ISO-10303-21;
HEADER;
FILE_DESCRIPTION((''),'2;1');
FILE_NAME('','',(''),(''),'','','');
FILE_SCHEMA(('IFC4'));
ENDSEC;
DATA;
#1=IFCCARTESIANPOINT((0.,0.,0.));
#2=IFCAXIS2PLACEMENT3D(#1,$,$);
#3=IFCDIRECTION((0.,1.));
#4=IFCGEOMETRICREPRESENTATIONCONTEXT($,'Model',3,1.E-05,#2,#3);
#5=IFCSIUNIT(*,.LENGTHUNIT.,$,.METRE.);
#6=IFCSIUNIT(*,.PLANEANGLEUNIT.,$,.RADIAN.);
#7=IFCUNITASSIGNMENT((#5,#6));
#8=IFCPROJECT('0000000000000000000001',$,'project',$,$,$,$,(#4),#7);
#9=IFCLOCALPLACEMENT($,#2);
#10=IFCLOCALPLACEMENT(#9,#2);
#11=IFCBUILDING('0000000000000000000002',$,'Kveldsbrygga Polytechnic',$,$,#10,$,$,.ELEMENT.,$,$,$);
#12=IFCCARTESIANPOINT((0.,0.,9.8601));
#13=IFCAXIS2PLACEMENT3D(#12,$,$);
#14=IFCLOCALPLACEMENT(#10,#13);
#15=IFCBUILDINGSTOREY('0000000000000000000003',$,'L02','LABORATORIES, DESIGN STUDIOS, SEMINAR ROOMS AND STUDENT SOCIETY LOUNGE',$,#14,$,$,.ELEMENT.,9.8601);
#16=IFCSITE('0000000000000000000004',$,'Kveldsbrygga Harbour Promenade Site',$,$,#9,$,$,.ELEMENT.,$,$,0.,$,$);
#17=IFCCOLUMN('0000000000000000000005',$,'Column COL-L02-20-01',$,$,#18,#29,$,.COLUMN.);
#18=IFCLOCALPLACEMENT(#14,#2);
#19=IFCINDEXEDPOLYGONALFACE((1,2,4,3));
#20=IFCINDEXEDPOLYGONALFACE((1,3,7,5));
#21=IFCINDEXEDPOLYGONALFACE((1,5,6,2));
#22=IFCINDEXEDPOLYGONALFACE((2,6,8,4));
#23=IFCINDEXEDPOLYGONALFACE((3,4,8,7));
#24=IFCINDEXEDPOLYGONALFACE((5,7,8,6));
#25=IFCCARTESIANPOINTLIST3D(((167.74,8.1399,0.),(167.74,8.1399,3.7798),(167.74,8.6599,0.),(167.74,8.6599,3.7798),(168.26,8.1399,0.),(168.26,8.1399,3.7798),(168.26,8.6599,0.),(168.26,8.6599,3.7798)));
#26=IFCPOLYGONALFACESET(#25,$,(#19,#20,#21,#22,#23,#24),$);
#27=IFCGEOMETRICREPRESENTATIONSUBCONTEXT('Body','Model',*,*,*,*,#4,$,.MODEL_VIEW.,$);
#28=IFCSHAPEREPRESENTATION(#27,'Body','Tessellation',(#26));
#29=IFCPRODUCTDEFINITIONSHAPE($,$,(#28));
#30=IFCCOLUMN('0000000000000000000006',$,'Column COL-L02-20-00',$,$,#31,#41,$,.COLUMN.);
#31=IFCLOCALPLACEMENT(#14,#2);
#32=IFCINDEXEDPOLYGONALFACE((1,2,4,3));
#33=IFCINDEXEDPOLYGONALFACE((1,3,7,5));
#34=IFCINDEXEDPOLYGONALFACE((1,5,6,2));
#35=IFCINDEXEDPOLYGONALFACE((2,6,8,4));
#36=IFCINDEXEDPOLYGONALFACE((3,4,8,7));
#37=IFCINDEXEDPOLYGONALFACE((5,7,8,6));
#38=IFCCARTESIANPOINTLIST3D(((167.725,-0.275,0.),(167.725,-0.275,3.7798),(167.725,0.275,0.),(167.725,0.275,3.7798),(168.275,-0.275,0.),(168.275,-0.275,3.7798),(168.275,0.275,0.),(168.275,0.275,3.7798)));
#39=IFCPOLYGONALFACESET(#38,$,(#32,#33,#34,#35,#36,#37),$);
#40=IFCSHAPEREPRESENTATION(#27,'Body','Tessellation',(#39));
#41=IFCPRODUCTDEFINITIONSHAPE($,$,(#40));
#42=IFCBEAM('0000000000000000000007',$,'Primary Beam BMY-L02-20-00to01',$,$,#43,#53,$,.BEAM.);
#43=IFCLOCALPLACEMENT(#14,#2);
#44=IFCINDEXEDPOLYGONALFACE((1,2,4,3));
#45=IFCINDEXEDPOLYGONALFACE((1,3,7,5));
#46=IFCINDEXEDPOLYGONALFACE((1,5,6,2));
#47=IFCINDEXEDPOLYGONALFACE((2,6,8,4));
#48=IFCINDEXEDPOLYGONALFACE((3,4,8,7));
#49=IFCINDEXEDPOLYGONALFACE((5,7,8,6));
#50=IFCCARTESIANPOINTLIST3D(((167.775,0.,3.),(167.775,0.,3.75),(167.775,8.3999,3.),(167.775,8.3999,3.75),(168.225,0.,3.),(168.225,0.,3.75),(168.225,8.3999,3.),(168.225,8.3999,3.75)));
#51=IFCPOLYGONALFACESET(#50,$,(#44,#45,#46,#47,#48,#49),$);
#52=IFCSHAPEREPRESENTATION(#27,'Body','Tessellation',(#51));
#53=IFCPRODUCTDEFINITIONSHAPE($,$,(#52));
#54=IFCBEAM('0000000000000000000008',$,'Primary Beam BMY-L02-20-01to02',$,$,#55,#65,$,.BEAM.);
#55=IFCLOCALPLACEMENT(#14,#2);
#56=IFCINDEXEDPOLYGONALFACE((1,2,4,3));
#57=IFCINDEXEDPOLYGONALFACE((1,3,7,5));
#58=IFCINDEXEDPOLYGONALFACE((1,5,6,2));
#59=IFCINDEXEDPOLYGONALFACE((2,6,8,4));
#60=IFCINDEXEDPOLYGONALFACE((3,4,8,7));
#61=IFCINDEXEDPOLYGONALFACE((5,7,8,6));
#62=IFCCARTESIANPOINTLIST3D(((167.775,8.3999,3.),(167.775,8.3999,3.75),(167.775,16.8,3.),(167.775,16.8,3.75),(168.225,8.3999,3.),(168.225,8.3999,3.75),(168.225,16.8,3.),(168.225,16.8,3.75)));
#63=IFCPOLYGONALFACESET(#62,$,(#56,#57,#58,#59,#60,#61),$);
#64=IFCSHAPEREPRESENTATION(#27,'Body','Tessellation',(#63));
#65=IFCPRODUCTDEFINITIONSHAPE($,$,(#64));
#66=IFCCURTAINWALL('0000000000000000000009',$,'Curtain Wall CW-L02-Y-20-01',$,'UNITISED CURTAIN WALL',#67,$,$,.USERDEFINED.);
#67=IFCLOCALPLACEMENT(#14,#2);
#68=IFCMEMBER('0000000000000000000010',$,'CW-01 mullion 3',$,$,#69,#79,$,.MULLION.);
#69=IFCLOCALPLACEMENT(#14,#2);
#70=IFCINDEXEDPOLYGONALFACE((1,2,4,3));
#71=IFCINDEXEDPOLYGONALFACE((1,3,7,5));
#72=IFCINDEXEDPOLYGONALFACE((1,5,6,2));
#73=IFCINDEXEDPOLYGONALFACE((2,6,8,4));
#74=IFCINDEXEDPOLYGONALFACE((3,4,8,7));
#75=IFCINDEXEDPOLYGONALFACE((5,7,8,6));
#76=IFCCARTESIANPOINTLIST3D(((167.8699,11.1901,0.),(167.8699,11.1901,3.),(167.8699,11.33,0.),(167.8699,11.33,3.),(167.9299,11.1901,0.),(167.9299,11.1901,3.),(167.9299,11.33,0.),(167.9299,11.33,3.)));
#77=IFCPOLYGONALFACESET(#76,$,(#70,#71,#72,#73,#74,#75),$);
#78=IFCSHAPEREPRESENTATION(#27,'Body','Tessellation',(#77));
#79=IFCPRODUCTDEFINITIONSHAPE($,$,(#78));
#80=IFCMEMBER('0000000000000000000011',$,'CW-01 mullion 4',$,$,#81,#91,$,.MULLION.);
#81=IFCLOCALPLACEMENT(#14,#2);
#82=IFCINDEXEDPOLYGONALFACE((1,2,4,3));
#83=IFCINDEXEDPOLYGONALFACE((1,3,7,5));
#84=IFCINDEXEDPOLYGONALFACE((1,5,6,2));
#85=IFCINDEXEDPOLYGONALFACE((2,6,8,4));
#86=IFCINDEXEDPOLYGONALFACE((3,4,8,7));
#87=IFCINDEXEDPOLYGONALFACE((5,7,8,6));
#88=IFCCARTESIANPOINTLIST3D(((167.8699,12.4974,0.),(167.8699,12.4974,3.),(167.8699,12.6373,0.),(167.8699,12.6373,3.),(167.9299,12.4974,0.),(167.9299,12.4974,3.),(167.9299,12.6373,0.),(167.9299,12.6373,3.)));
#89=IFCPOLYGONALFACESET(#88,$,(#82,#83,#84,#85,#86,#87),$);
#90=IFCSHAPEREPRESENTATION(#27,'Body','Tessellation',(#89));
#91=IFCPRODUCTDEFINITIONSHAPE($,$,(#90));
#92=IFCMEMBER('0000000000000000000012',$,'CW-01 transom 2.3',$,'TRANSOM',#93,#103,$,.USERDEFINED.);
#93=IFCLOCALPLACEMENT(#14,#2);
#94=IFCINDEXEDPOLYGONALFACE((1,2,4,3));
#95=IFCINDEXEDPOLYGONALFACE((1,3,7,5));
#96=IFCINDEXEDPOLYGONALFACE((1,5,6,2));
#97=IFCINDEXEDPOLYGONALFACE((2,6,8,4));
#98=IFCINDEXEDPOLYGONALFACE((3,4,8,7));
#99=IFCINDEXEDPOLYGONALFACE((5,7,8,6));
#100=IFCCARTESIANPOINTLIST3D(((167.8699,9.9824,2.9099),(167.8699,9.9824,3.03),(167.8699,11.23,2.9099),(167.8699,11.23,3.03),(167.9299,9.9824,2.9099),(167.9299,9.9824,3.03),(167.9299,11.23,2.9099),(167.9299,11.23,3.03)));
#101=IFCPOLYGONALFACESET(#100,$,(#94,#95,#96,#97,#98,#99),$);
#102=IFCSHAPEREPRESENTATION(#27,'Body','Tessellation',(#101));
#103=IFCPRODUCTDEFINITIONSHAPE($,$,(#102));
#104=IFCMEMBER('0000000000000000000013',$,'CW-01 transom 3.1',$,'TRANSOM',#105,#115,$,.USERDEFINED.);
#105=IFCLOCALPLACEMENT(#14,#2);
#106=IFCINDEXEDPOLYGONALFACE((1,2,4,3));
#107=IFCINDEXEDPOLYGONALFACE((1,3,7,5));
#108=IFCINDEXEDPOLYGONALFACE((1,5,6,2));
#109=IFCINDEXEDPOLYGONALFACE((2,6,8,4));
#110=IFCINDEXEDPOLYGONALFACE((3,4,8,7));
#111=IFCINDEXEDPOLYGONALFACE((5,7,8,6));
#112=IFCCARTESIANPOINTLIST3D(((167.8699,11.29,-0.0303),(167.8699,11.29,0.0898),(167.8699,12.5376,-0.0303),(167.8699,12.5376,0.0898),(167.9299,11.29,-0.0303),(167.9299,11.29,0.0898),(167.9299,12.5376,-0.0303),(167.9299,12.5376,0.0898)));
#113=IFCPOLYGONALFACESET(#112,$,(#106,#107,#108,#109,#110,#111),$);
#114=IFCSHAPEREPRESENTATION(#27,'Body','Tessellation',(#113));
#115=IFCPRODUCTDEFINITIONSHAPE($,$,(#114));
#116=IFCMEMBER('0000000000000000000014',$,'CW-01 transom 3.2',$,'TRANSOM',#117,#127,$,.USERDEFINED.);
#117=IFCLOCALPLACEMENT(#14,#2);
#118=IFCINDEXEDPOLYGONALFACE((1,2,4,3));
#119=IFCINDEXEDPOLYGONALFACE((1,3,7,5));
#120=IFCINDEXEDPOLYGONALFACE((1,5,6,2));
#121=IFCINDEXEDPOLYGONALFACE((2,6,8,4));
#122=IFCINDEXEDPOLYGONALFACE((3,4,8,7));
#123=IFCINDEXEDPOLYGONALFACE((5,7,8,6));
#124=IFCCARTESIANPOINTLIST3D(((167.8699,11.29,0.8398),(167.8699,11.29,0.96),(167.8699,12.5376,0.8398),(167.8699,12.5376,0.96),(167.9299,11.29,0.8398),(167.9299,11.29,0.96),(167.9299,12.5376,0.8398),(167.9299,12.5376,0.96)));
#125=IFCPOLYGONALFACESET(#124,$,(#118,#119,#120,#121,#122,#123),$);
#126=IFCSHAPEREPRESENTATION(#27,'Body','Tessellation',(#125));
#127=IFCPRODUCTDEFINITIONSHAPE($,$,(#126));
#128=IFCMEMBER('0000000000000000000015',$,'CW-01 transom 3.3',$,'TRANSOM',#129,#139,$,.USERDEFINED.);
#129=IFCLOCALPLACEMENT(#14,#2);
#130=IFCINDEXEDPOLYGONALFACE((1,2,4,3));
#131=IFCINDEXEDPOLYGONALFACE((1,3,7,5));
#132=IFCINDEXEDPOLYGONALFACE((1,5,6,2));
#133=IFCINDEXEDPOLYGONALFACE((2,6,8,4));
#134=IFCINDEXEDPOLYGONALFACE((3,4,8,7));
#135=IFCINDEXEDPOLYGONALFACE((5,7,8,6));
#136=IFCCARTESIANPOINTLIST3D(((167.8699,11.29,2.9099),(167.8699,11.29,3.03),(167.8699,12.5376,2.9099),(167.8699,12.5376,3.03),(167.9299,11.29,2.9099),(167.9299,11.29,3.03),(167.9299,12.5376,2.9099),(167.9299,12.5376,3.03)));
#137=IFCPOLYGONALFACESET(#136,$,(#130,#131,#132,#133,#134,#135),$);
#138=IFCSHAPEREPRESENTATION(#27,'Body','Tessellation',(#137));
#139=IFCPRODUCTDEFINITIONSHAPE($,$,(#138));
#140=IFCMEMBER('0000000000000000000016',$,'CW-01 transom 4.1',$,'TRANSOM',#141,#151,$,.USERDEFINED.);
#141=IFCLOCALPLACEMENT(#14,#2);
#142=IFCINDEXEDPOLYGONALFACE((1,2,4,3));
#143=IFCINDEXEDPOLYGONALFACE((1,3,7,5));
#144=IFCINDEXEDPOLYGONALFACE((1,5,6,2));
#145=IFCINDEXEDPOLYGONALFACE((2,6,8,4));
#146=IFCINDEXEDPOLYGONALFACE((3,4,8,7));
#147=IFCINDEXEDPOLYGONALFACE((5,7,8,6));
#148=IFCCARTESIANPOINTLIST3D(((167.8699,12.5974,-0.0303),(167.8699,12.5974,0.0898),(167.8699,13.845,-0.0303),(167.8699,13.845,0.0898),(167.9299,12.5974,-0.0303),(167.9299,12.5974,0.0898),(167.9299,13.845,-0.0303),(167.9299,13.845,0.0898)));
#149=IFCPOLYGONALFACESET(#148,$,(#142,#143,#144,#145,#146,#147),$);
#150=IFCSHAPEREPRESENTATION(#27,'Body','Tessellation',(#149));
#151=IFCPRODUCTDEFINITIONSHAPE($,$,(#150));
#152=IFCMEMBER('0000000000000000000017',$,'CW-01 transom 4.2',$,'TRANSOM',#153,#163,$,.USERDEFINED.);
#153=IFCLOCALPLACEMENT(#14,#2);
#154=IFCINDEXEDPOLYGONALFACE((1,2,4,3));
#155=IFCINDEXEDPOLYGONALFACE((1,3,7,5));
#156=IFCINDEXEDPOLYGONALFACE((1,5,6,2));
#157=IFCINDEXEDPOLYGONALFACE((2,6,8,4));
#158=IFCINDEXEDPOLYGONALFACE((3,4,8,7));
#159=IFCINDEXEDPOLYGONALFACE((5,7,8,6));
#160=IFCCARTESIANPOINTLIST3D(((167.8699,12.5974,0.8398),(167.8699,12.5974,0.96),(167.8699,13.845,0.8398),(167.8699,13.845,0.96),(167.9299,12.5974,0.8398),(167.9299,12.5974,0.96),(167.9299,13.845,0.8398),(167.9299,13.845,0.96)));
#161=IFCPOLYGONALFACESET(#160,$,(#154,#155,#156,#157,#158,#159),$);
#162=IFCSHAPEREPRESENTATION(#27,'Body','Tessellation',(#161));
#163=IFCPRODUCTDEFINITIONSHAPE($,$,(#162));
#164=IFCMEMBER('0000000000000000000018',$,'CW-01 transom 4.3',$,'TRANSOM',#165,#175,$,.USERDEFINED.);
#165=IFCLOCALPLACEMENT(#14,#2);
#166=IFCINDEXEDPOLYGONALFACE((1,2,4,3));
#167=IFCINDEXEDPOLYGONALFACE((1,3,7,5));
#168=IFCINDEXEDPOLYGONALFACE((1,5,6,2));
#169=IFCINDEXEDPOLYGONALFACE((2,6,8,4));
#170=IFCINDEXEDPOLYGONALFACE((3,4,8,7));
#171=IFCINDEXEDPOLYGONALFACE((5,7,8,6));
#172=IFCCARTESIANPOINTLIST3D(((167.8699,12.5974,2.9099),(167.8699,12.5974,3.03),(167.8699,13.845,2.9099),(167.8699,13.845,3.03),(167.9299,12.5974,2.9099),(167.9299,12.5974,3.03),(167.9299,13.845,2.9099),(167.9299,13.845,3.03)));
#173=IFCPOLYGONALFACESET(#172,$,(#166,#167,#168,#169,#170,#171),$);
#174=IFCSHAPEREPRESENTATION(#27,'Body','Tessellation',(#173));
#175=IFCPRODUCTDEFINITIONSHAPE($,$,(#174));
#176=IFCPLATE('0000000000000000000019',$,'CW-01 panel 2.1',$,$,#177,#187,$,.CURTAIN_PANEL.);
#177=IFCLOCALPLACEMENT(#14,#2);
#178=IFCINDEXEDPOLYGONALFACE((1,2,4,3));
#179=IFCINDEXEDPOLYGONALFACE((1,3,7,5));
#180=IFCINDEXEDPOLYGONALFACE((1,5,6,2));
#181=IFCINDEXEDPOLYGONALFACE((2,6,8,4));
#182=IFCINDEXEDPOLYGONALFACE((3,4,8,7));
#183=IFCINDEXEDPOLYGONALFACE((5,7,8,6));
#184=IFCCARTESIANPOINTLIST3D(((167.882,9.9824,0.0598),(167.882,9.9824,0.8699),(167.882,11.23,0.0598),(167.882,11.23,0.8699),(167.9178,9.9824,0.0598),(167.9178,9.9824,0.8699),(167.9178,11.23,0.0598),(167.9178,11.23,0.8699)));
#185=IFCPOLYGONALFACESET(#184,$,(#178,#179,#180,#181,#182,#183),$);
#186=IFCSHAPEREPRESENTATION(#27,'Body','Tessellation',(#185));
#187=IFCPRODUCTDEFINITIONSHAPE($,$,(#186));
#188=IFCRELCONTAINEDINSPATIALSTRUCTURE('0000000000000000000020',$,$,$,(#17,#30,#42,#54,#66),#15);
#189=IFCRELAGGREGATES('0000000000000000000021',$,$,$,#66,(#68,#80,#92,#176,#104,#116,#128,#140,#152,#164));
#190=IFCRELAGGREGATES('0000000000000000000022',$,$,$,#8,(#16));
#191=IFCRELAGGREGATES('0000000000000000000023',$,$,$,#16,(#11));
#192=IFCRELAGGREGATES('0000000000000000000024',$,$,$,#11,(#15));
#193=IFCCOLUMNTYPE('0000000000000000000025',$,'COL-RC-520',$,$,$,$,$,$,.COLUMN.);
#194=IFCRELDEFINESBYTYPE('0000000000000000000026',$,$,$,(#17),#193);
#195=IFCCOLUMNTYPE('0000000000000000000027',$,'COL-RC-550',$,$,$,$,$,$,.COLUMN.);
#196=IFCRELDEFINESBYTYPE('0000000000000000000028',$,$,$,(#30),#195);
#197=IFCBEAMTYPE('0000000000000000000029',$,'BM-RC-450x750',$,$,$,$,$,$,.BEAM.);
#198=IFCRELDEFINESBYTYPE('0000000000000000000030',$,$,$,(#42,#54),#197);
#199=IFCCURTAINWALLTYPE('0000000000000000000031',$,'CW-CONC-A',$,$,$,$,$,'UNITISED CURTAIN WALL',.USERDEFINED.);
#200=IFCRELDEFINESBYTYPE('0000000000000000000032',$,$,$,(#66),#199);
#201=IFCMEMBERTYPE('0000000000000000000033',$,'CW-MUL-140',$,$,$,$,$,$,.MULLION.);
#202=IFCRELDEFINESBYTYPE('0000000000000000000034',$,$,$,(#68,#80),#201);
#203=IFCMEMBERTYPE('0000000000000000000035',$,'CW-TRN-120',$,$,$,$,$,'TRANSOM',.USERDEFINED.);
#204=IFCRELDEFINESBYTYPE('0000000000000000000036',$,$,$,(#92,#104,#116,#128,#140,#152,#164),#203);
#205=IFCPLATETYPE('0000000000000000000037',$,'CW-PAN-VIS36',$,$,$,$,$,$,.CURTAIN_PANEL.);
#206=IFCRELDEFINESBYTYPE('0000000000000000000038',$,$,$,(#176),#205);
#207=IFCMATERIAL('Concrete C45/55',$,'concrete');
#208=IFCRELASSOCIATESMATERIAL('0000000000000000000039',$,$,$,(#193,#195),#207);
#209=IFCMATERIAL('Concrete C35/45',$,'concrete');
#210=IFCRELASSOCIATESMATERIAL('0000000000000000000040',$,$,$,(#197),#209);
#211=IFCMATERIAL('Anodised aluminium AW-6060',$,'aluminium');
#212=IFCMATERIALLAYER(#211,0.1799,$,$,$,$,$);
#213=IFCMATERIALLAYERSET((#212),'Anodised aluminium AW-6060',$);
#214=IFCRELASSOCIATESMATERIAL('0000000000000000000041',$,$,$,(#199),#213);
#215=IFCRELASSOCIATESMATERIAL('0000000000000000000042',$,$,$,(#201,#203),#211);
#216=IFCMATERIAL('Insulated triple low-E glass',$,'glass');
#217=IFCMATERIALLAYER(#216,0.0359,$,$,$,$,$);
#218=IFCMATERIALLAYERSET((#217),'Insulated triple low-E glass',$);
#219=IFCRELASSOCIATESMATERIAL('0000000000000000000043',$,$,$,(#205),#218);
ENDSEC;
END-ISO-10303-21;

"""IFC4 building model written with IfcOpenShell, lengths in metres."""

from ifc_helpers import new_model, si_unit, direction, frame, origin, origin_2d, place, context, subcontext, project, spatial, rectangle, extrude, material, layer, layer_set, material_profile, profile_set, type_object, element, aggregate, save


model = new_model("IFC4")

# Units and contexts
model_context = context("Model", 3, precision=1e-05, world=origin(), true_north=direction((0.0, 1.0)))
body_context = subcontext(model_context, "Body", "Model", "MODEL_VIEW")
ifc_project = project(units=[si_unit("LENGTHUNIT", "METRE"), si_unit("PLANEANGLEUNIT", "RADIAN")], contexts=[model_context])

# Site, building, storey
site_placement = place(None, origin())
site = spatial("IfcSite", under=ifc_project, at=site_placement, Name="Kveldsbrygga Harbour Promenade Site", CompositionType="ELEMENT", RefElevation=0.0)
building_placement = place(site_placement, origin())
building = spatial("IfcBuilding", under=site, at=building_placement, Name="Kveldsbrygga Polytechnic", CompositionType="ELEMENT")
storey_placement = place(building_placement, frame((0.0, 0.0, 9.8601)))
storey = spatial("IfcBuildingStorey", under=building, at=storey_placement, Name="L02", Description="LABORATORIES, DESIGN STUDIOS, SEMINAR ROOMS AND STUDENT SOCIETY LOUNGE", CompositionType="ELEMENT", Elevation=9.8601)

# Columns
ifc_material_1 = material(Name="Concrete C45/55", Category="concrete")
ifc_material_profile_1 = material_profile(ifc_material_1, rectangle(XDim=0.52, YDim=0.52, at=origin_2d()), Name="RC 520x520")
ifc_profile_set_1 = profile_set([ifc_material_profile_1], Name="Concrete C45/55")
column_type_1 = type_object("IfcColumnType", Name="COL-RC-520", PredefinedType="COLUMN", material=ifc_profile_set_1)
column_1_placement = place(storey_placement, frame((168.0, 8.3999, 0.0), z_axis=(0.0, 0.0, 1.0), x_axis=(1.0, 0.0, 0.0)))
element("IfcColumn", 1, at=column_1_placement, inside=storey, type_object=column_type_1, Name="Column COL-L02-20-01", PredefinedType="COLUMN", context=body_context, shape_type="SweptSolid", body=[
    extrude(rectangle(XDim=0.52, YDim=0.52, at=origin_2d()), origin(), (0.0, 0.0, 1.0), 3.7798),
])
ifc_material_profile_2 = material_profile(ifc_material_1, rectangle(XDim=0.55, YDim=0.55, at=origin_2d()), Name="RC 550x550")
ifc_profile_set_2 = profile_set([ifc_material_profile_2], Name="Concrete C45/55")
column_type_2 = type_object("IfcColumnType", Name="COL-RC-550", PredefinedType="COLUMN", material=ifc_profile_set_2)
column_2_placement = place(storey_placement, frame((168.0, 0.0, 0.0), z_axis=(0.0, 0.0, 1.0), x_axis=(1.0, 0.0, 0.0)))
element("IfcColumn", 2, at=column_2_placement, inside=storey, type_object=column_type_2, Name="Column COL-L02-20-00", PredefinedType="COLUMN", context=body_context, shape_type="SweptSolid", body=[
    extrude(rectangle(XDim=0.55, YDim=0.55, at=origin_2d()), origin(), (0.0, 0.0, 1.0), 3.7798),
])

# Beams
ifc_material_2 = material(Name="Concrete C35/45", Category="concrete")
ifc_material_profile_3 = material_profile(ifc_material_2, rectangle(XDim=0.45, YDim=0.75, at=origin_2d()), Name="RC 450x750")
ifc_profile_set_3 = profile_set([ifc_material_profile_3], Name="Concrete C35/45")
beam_type = type_object("IfcBeamType", Name="BM-RC-450x750", PredefinedType="BEAM", material=ifc_profile_set_3)
beam_1_placement = place(storey_placement, frame((168.0, 0.0, 3.375), z_axis=(0.0, 1.0, 0.0), x_axis=(-1.0, 0.0, 0.0)))
element("IfcBeam", 3, at=beam_1_placement, inside=storey, type_object=beam_type, Name="Primary Beam BMY-L02-20-00to01", PredefinedType="BEAM", context=body_context, shape_type="SweptSolid", body=[
    extrude(rectangle(XDim=0.45, YDim=0.75, at=origin_2d()), origin(), (0.0, 0.0, 1.0), 8.3999),
])
beam_2_placement = place(storey_placement, frame((168.0, 8.3999, 3.375), z_axis=(0.0, 1.0, 0.0), x_axis=(-1.0, 0.0, 0.0)))
element("IfcBeam", 4, at=beam_2_placement, inside=storey, type_object=beam_type, Name="Primary Beam BMY-L02-20-01to02", PredefinedType="BEAM", context=body_context, shape_type="SweptSolid", body=[
    extrude(rectangle(XDim=0.45, YDim=0.75, at=origin_2d()), origin(), (0.0, 0.0, 1.0), 8.4001),
])

# Curtain wall, members, plate
ifc_material_3 = material(Name="Anodised aluminium AW-6060", Category="aluminium")
ifc_layer_1 = layer(ifc_material_3, 0.1799)
ifc_layer_set_1 = layer_set([ifc_layer_1], Name="Anodised aluminium AW-6060")
curtain_wall_type = type_object("IfcCurtainWallType", Name="CW-CONC-A", ElementType="UNITISED CURTAIN WALL", PredefinedType="USERDEFINED", material=ifc_layer_set_1)
curtain_wall_placement = place(storey_placement, origin())
curtain_wall = element("IfcCurtainWall", 5, at=curtain_wall_placement, inside=storey, type_object=curtain_wall_type, Name="Curtain Wall CW-L02-Y-20-01", ObjectType="UNITISED CURTAIN WALL", PredefinedType="USERDEFINED")
ifc_material_profile_4 = material_profile(ifc_material_3, rectangle(XDim=0.0601, YDim=0.1399, at=origin_2d()), Name="ALU 60x140")
ifc_profile_set_4 = profile_set([ifc_material_profile_4], Name="Anodised aluminium AW-6060")
member_type_1 = type_object("IfcMemberType", Name="CW-MUL-140", PredefinedType="MULLION", material=ifc_profile_set_4)
member_1_placement = place(storey_placement, frame((167.8999, 11.26, 0.0), z_axis=(0.0, 0.0, 1.0), x_axis=(-1.0, 0.0, 0.0)))
member_1 = element("IfcMember", 6, at=member_1_placement, type_object=member_type_1, Name="CW-01 mullion 3", PredefinedType="MULLION", context=body_context, shape_type="SweptSolid", body=[
    extrude(rectangle(XDim=0.0601, YDim=0.1399, at=origin_2d()), origin(), (0.0, 0.0, 1.0), 3.0),
])
member_2_placement = place(storey_placement, frame((167.8999, 12.5674, 0.0), z_axis=(0.0, 0.0, 1.0), x_axis=(-1.0, 0.0, 0.0)))
member_2 = element("IfcMember", 7, at=member_2_placement, type_object=member_type_1, Name="CW-01 mullion 4", PredefinedType="MULLION", context=body_context, shape_type="SweptSolid", body=[
    extrude(rectangle(XDim=0.0601, YDim=0.1399, at=origin_2d()), origin(), (0.0, 0.0, 1.0), 3.0),
])
ifc_material_profile_5 = material_profile(ifc_material_3, rectangle(XDim=0.0601, YDim=0.1201, at=origin_2d()), Name="ALU 60x120")
ifc_profile_set_5 = profile_set([ifc_material_profile_5], Name="Anodised aluminium AW-6060")
member_type_2 = type_object("IfcMemberType", Name="CW-TRN-120", ElementType="TRANSOM", PredefinedType="USERDEFINED", material=ifc_profile_set_5)
member_3_placement = place(storey_placement, frame((167.8999, 9.9824, 2.97), z_axis=(0.0, 1.0, 0.0), x_axis=(-1.0, 0.0, 0.0)))
member_3 = element("IfcMember", 8, at=member_3_placement, type_object=member_type_2, Name="CW-01 transom 2.3", ObjectType="TRANSOM", PredefinedType="USERDEFINED", context=body_context, shape_type="SweptSolid", body=[
    extrude(rectangle(XDim=0.0601, YDim=0.1201, at=origin_2d()), origin(), (0.0, 0.0, 1.0), 1.2476),
])
member_4_placement = place(storey_placement, frame((167.8999, 11.29, 0.0298), z_axis=(0.0, 1.0, 0.0), x_axis=(-1.0, 0.0, 0.0)))
member_4 = element("IfcMember", 9, at=member_4_placement, type_object=member_type_2, Name="CW-01 transom 3.1", ObjectType="TRANSOM", PredefinedType="USERDEFINED", context=body_context, shape_type="SweptSolid", body=[
    extrude(rectangle(XDim=0.0601, YDim=0.1201, at=origin_2d()), origin(), (0.0, 0.0, 1.0), 1.2476),
])
member_5_placement = place(storey_placement, frame((167.8999, 11.29, 0.8999), z_axis=(0.0, 1.0, 0.0), x_axis=(-1.0, 0.0, 0.0)))
member_5 = element("IfcMember", 10, at=member_5_placement, type_object=member_type_2, Name="CW-01 transom 3.2", ObjectType="TRANSOM", PredefinedType="USERDEFINED", context=body_context, shape_type="SweptSolid", body=[
    extrude(rectangle(XDim=0.0601, YDim=0.1201, at=origin_2d()), origin(), (0.0, 0.0, 1.0), 1.2476),
])
member_6_placement = place(storey_placement, frame((167.8999, 11.29, 2.97), z_axis=(0.0, 1.0, 0.0), x_axis=(-1.0, 0.0, 0.0)))
member_6 = element("IfcMember", 11, at=member_6_placement, type_object=member_type_2, Name="CW-01 transom 3.3", ObjectType="TRANSOM", PredefinedType="USERDEFINED", context=body_context, shape_type="SweptSolid", body=[
    extrude(rectangle(XDim=0.0601, YDim=0.1201, at=origin_2d()), origin(), (0.0, 0.0, 1.0), 1.2476),
])
member_7_placement = place(storey_placement, frame((167.8999, 12.5974, 0.0298), z_axis=(0.0, 1.0, 0.0), x_axis=(-1.0, 0.0, 0.0)))
member_7 = element("IfcMember", 12, at=member_7_placement, type_object=member_type_2, Name="CW-01 transom 4.1", ObjectType="TRANSOM", PredefinedType="USERDEFINED", context=body_context, shape_type="SweptSolid", body=[
    extrude(rectangle(XDim=0.0601, YDim=0.1201, at=origin_2d()), origin(), (0.0, 0.0, 1.0), 1.2476),
])
member_8_placement = place(storey_placement, frame((167.8999, 12.5974, 0.8999), z_axis=(0.0, 1.0, 0.0), x_axis=(-1.0, 0.0, 0.0)))
member_8 = element("IfcMember", 13, at=member_8_placement, type_object=member_type_2, Name="CW-01 transom 4.2", ObjectType="TRANSOM", PredefinedType="USERDEFINED", context=body_context, shape_type="SweptSolid", body=[
    extrude(rectangle(XDim=0.0601, YDim=0.1201, at=origin_2d()), origin(), (0.0, 0.0, 1.0), 1.2476),
])
member_9_placement = place(storey_placement, frame((167.8999, 12.5974, 2.97), z_axis=(0.0, 1.0, 0.0), x_axis=(-1.0, 0.0, 0.0)))
member_9 = element("IfcMember", 14, at=member_9_placement, type_object=member_type_2, Name="CW-01 transom 4.3", ObjectType="TRANSOM", PredefinedType="USERDEFINED", context=body_context, shape_type="SweptSolid", body=[
    extrude(rectangle(XDim=0.0601, YDim=0.1201, at=origin_2d()), origin(), (0.0, 0.0, 1.0), 1.2476),
])
ifc_material_4 = material(Name="Insulated triple low-E glass", Category="glass")
ifc_layer_2 = layer(ifc_material_4, 0.0359)
ifc_layer_set_2 = layer_set([ifc_layer_2], Name="Insulated triple low-E glass")
plate_type = type_object("IfcPlateType", Name="CW-PAN-VIS36", PredefinedType="CURTAIN_PANEL", material=ifc_layer_set_2)
plate_1_placement = place(storey_placement, frame((167.8999, 10.6062, 0.0598), z_axis=(0.0, 0.0, 1.0), x_axis=(0.0, 1.0, 0.0)))
plate_1 = element("IfcPlate", 15, at=plate_1_placement, type_object=plate_type, Name="CW-01 panel 2.1", PredefinedType="CURTAIN_PANEL", context=body_context, shape_type="SweptSolid", body=[
    extrude(rectangle(XDim=1.2476, YDim=0.0359, at=origin_2d()), origin(), (0.0, 0.0, 1.0), 0.8101),
])
aggregate(curtain_wall, [member_1, member_2, member_3, plate_1, member_4, member_5, member_6, member_7, member_8, member_9])

save(model, "model.ifc")
